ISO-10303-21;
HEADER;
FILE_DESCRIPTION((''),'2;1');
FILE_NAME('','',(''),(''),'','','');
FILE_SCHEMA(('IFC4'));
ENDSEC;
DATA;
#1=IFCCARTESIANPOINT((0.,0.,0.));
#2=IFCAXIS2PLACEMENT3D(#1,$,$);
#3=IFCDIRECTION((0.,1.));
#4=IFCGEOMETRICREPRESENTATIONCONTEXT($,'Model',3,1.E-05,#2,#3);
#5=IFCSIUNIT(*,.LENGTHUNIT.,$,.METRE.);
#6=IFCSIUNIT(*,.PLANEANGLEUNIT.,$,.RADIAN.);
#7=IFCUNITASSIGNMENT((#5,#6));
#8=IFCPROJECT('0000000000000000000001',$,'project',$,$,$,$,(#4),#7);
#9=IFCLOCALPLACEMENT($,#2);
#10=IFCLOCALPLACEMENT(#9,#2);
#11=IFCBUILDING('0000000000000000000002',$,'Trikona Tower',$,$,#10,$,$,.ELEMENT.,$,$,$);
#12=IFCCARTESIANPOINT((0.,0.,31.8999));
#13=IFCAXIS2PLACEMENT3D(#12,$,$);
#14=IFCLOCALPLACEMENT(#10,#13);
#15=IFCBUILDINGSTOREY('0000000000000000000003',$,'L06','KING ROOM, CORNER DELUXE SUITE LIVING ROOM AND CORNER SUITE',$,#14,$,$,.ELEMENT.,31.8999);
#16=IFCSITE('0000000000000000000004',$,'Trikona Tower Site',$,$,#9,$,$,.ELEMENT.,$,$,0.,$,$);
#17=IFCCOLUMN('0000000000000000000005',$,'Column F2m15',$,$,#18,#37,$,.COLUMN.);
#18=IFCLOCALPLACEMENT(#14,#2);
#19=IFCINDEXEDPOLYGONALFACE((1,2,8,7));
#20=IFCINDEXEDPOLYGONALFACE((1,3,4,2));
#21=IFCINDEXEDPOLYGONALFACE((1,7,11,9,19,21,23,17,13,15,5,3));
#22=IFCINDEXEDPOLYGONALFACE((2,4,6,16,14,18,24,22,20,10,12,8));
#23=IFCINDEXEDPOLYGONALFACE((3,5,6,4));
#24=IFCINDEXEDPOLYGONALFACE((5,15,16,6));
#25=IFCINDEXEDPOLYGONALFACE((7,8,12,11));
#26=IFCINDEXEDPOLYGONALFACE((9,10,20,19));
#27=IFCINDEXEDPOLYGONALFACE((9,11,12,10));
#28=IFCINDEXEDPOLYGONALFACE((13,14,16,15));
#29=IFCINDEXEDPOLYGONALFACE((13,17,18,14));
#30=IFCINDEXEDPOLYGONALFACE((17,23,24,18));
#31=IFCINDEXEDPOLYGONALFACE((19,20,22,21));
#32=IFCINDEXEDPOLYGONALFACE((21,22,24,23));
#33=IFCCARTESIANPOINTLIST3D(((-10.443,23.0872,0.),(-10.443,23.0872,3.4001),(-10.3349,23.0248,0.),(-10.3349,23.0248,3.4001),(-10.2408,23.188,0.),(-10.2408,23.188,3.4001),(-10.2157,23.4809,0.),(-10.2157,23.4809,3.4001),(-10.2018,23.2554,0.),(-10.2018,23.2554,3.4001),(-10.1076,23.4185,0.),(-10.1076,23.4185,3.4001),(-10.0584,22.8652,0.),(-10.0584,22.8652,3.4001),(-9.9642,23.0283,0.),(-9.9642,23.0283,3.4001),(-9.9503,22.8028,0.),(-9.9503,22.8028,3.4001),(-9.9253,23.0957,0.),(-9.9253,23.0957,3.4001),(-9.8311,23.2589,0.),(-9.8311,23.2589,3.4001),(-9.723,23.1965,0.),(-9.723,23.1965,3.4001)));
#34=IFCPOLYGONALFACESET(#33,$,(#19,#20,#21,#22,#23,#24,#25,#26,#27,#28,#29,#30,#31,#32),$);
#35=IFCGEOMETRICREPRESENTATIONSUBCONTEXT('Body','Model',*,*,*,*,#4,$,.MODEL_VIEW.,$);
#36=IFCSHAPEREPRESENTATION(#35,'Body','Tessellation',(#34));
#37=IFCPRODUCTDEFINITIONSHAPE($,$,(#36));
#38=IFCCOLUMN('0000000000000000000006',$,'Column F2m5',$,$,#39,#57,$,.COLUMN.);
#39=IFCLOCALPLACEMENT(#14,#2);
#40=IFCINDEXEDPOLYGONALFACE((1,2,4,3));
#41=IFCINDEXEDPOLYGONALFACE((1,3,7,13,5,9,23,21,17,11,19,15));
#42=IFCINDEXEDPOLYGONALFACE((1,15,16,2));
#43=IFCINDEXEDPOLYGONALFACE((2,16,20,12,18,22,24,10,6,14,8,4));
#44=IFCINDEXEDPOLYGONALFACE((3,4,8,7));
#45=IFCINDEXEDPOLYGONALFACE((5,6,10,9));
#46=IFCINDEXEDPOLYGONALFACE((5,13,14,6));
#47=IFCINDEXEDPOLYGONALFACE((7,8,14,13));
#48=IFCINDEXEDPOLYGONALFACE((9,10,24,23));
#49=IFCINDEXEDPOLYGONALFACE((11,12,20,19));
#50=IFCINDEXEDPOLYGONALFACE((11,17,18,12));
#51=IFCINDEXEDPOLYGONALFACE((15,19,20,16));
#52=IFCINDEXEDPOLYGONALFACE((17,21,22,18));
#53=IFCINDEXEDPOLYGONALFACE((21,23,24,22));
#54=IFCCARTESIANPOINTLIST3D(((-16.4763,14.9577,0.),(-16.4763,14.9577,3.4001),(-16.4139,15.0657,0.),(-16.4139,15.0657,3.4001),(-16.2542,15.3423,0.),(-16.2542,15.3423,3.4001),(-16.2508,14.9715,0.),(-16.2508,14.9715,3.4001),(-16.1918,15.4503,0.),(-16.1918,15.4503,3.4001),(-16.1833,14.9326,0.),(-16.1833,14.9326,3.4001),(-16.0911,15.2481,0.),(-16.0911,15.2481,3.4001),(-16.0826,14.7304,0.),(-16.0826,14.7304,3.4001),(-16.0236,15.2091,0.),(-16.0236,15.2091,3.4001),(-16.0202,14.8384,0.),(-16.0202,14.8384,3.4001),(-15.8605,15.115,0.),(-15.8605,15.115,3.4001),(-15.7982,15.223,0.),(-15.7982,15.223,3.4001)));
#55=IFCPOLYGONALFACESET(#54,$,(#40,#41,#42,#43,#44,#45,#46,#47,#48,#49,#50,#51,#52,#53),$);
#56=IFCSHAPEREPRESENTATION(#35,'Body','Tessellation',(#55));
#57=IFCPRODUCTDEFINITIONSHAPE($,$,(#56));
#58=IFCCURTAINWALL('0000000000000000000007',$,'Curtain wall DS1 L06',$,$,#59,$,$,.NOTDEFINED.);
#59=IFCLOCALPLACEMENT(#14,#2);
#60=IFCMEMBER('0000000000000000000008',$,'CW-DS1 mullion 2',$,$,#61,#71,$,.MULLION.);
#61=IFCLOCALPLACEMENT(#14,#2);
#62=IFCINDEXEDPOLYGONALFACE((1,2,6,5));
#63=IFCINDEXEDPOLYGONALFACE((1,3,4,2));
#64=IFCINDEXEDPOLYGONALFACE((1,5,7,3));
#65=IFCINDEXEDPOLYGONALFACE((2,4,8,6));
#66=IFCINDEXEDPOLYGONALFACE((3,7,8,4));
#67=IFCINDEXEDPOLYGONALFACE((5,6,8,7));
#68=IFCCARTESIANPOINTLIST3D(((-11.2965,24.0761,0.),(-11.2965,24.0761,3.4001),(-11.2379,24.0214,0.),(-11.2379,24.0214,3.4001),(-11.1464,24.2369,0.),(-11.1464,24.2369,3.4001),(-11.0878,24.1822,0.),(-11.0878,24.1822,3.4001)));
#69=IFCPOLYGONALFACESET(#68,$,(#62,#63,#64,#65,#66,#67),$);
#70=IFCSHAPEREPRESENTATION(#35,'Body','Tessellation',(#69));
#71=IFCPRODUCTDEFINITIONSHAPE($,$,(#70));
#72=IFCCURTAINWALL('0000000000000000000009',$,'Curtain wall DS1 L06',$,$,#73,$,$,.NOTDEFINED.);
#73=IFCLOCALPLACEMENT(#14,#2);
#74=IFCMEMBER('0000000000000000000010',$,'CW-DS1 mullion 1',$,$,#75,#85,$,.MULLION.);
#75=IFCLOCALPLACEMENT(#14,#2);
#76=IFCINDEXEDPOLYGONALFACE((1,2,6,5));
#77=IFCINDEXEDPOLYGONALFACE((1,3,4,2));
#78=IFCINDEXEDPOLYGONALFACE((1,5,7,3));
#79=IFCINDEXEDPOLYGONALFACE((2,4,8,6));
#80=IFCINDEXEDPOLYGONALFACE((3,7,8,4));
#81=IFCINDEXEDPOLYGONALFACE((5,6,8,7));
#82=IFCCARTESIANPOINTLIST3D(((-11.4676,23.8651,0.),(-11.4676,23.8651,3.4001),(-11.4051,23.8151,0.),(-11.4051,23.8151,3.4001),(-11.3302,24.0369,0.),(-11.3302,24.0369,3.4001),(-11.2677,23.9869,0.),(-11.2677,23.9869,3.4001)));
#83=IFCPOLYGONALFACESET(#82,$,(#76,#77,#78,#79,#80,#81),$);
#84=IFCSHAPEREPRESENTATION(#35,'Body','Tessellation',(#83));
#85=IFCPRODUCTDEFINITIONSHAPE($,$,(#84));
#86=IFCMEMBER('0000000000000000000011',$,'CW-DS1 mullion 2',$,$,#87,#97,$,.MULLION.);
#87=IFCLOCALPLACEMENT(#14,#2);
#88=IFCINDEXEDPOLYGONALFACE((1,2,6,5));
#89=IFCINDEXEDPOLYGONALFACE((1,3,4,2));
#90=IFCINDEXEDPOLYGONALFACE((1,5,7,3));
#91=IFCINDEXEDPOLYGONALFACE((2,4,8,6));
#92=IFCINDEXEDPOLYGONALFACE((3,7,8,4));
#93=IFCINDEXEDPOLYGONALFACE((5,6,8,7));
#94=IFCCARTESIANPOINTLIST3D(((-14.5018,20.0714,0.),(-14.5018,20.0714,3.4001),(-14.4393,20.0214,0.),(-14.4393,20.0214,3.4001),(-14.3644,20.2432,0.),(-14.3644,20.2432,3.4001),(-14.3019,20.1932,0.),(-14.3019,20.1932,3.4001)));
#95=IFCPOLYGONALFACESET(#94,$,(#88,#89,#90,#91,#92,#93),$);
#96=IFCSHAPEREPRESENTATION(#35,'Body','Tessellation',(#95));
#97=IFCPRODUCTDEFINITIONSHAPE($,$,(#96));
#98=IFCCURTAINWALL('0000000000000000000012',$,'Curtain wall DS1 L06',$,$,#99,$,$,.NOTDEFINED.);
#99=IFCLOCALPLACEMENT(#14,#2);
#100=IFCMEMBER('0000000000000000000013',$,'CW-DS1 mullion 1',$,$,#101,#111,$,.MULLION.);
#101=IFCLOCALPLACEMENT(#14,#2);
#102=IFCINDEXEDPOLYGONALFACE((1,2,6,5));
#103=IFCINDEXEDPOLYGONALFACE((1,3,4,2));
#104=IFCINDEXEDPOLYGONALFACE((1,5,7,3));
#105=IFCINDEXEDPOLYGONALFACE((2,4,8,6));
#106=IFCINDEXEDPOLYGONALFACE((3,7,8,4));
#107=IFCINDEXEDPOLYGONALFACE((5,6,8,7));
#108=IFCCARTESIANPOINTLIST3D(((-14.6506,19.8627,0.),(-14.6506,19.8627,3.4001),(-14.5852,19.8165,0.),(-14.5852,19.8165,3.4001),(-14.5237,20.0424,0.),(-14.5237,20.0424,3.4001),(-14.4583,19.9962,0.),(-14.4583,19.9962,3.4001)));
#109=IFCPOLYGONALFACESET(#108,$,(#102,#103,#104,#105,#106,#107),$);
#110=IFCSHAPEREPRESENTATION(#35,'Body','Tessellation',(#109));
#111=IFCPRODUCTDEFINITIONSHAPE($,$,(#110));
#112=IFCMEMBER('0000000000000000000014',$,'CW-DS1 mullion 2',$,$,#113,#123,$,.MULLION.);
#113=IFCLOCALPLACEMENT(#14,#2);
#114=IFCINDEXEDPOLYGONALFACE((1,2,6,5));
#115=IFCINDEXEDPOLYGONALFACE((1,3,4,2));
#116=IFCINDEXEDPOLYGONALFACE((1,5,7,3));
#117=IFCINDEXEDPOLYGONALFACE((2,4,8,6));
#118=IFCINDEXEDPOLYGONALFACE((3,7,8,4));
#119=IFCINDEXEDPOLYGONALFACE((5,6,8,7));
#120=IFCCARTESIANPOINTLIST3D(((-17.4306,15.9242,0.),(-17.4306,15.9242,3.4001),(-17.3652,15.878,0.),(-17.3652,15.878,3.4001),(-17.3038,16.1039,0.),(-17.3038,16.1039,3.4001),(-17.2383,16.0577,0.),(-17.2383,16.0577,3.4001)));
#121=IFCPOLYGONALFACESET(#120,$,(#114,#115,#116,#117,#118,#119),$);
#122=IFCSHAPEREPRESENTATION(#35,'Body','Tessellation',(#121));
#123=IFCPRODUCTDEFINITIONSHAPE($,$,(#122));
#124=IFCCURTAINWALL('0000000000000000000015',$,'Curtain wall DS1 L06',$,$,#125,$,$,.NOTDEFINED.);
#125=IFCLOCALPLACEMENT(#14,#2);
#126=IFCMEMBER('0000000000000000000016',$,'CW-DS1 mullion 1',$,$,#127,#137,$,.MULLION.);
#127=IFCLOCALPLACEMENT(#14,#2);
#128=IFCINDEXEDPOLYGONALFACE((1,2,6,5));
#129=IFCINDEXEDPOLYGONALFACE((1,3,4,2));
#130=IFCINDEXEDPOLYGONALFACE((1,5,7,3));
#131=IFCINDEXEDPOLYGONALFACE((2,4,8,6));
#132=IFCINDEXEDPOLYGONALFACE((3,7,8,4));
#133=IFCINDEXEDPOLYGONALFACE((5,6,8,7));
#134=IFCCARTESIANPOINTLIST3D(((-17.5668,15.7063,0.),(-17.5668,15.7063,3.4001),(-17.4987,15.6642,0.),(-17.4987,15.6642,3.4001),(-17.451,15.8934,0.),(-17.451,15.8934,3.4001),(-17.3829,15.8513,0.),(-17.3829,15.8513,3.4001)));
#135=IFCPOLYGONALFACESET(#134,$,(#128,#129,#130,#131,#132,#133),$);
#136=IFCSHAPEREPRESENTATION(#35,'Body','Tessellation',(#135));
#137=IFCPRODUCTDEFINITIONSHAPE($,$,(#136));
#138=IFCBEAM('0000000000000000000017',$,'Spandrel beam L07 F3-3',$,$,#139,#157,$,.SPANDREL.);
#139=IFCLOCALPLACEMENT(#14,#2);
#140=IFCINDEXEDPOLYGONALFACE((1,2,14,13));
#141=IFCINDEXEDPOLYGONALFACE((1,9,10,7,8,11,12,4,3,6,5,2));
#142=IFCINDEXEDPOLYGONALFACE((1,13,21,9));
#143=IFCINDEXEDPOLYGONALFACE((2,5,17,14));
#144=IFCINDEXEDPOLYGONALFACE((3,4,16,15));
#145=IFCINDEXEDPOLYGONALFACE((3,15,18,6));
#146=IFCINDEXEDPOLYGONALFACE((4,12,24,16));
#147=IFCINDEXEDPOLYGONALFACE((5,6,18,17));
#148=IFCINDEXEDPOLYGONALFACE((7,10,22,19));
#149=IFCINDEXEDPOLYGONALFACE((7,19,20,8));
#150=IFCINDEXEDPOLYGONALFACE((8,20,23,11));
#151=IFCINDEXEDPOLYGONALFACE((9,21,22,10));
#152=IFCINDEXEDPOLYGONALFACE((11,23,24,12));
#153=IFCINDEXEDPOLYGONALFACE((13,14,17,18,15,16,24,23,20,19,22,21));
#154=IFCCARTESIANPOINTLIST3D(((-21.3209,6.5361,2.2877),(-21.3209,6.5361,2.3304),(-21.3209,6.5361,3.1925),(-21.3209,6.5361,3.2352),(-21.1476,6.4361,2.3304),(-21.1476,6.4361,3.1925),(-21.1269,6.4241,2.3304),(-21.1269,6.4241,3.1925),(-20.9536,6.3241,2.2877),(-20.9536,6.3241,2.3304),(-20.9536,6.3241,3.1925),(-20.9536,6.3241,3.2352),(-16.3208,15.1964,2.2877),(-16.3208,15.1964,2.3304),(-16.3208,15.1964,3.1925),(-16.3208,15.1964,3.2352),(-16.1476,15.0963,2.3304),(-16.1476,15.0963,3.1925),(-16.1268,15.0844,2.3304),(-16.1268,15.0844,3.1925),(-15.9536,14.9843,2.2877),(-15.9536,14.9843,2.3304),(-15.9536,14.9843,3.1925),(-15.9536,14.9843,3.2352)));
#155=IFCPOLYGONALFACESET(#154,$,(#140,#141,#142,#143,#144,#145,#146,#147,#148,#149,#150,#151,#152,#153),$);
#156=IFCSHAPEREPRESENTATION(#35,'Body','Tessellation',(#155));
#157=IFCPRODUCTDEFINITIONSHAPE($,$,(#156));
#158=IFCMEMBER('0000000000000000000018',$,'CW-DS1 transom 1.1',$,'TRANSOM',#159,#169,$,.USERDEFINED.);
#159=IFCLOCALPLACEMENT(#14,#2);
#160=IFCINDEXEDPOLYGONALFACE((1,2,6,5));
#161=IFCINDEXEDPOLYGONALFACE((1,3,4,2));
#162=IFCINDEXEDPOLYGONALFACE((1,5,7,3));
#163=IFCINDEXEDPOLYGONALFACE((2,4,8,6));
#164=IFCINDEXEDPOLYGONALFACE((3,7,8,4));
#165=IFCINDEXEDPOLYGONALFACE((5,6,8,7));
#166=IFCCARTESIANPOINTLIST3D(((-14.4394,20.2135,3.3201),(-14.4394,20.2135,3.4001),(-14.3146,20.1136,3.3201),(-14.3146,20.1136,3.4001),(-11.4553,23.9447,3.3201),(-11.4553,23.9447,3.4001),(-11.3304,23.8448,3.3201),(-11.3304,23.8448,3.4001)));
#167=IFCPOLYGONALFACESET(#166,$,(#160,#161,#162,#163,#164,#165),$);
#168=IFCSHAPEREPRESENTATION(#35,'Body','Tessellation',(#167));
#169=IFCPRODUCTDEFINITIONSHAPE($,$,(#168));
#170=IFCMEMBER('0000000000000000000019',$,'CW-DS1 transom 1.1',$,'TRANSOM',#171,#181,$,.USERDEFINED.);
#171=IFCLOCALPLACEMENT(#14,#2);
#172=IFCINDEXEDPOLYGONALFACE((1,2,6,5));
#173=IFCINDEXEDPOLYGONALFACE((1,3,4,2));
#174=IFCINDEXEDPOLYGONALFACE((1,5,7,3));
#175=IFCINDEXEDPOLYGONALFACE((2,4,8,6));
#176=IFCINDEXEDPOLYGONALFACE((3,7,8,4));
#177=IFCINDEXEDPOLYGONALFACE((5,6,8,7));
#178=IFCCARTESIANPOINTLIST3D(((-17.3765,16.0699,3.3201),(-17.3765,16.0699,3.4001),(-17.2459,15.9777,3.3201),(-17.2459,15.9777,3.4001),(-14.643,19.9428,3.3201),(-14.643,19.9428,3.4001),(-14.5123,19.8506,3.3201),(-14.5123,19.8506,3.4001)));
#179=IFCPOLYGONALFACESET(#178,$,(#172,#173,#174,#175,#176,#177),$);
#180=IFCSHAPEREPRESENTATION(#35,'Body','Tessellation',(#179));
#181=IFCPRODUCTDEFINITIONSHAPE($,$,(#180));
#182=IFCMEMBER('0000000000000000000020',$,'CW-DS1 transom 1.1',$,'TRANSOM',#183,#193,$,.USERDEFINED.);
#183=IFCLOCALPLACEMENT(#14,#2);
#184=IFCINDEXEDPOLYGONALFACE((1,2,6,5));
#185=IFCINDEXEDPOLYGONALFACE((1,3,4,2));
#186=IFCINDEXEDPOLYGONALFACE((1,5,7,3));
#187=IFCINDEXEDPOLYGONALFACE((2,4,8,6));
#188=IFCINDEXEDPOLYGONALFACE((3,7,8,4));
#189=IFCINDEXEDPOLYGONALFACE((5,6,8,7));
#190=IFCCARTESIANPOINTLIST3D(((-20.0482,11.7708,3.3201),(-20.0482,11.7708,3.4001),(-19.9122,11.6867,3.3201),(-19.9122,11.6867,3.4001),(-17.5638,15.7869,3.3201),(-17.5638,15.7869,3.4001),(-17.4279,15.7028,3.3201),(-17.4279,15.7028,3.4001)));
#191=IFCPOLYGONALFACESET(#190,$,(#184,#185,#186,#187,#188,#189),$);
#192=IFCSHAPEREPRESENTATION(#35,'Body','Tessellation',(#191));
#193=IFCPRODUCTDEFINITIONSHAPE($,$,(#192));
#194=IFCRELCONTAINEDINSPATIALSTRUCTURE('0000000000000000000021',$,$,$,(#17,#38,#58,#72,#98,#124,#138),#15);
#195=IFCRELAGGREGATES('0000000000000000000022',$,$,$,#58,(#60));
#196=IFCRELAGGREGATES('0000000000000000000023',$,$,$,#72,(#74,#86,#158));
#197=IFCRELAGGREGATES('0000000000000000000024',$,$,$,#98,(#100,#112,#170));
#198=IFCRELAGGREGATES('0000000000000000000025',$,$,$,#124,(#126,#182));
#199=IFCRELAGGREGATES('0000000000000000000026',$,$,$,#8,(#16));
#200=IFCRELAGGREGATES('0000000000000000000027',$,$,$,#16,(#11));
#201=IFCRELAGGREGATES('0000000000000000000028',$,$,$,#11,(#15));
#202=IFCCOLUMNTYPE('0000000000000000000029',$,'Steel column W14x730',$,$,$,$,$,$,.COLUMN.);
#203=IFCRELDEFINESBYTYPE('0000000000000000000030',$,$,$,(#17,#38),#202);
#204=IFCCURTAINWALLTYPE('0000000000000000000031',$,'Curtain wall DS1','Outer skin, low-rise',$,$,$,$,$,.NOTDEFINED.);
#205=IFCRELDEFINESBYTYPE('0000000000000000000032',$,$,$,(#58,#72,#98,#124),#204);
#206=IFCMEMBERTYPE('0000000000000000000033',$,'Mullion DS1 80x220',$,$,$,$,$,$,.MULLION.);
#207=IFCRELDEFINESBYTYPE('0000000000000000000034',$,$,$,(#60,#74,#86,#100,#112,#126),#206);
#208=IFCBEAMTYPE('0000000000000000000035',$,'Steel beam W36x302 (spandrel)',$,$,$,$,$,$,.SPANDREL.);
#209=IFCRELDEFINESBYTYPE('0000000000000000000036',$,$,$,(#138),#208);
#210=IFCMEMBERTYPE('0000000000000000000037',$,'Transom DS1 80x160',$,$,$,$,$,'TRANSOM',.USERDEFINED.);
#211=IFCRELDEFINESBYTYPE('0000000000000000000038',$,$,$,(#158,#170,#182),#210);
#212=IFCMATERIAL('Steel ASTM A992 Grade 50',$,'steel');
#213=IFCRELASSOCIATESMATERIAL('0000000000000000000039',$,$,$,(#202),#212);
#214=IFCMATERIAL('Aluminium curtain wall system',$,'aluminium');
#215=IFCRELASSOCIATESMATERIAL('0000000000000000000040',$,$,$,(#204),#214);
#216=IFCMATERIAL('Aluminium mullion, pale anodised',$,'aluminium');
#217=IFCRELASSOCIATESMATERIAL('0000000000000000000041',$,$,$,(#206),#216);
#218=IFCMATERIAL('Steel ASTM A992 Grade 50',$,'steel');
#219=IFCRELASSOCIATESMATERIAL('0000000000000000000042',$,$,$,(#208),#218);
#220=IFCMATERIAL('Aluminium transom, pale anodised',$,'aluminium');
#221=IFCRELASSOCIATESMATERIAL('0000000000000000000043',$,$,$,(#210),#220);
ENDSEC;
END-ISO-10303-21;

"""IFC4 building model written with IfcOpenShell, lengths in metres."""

from ifc_helpers import new_model, si_unit, direction, frame, origin, origin_2d, place, context, subcontext, project, spatial, rectangle, i_section, extrude, material, material_profile, profile_set, type_object, element, aggregate, save


model = new_model("IFC4")

# Units and contexts
model_context = context("Model", 3, precision=1e-05, world=origin(), true_north=direction((0.0, 1.0)))
body_context = subcontext(model_context, "Body", "Model", "MODEL_VIEW")
ifc_project = project(units=[si_unit("LENGTHUNIT", "METRE"), si_unit("PLANEANGLEUNIT", "RADIAN")], contexts=[model_context])

# Site, building, storey
site_placement = place(None, origin())
site = spatial("IfcSite", under=ifc_project, at=site_placement, Name="Trikona Tower Site", CompositionType="ELEMENT", RefElevation=0.0)
building_placement = place(site_placement, origin())
building = spatial("IfcBuilding", under=site, at=building_placement, Name="Trikona Tower", CompositionType="ELEMENT")
storey_placement = place(building_placement, frame((0.0, 0.0, 31.8999)))
storey = spatial("IfcBuildingStorey", under=building, at=storey_placement, Name="L06", Description="KING ROOM, CORNER DELUXE SUITE LIVING ROOM AND CORNER SUITE", CompositionType="ELEMENT", Elevation=31.8999)

# Columns
ifc_material_1 = material(Name="Steel ASTM A992 Grade 50", Category="steel")
ifc_material_profile_1 = material_profile(ifc_material_1, i_section(OverallWidth=0.4546, OverallDepth=0.5688, WebThickness=0.0779, FlangeThickness=0.1248, at=origin_2d()), Name="W14X730")
ifc_profile_set_1 = profile_set([ifc_material_profile_1], Name="Steel ASTM A992 Grade 50")
column_type = type_object("IfcColumnType", Name="Steel column W14x730", PredefinedType="COLUMN", material=ifc_profile_set_1)
for number, where, z_axis, x_axis, name in (
    (1, (-10.083, 23.1418, 0.0), (0.0, 0.0, 1.0), (-0.5, -0.866025, 0.0), "Column F2m15"),
    (2, (-16.1372, 15.0903, 0.0), (0.0, 0.0, 1.0), (-0.866025, 0.5, 0.0), "Column F2m5"),
):
    element("IfcColumn", number, at=place(storey_placement, frame(where, z_axis=z_axis, x_axis=x_axis)), inside=storey, type_object=column_type, Name=name, PredefinedType="COLUMN", context=body_context, shape_type="SweptSolid", body=[
        extrude(i_section(OverallWidth=0.4546, OverallDepth=0.5688, WebThickness=0.0779, FlangeThickness=0.1248, at=origin_2d()), origin(), (0.0, 0.0, 1.0), 3.4001),
    ])

# Curtain wall, member
ifc_material_2 = material(Name="Aluminium curtain wall system", Category="aluminium")
curtain_wall_type = type_object("IfcCurtainWallType", Name="Curtain wall DS1", Description="Outer skin, low-rise", PredefinedType="NOTDEFINED", material=ifc_material_2)
curtain_wall_1_placement = place(storey_placement, origin())
curtain_wall_1 = element("IfcCurtainWall", 3, at=curtain_wall_1_placement, inside=storey, type_object=curtain_wall_type, Name="Curtain wall DS1 L06", PredefinedType="NOTDEFINED")
ifc_material_3 = material(Name="Aluminium mullion, pale anodised", Category="aluminium")
ifc_material_profile_2 = material_profile(ifc_material_3, rectangle(XDim=0.0801, YDim=0.22, at=origin_2d()), Name="MUL-DS1")
ifc_profile_set_2 = profile_set([ifc_material_profile_2], Name="Aluminium mullion, pale anodised")
member_type_1 = type_object("IfcMemberType", Name="Mullion DS1 80x220", PredefinedType="MULLION", material=ifc_profile_set_2)
member_1_placement = place(storey_placement, frame((-11.1921, 24.1292, 0.0), z_axis=(0.0, 0.0, 1.0), x_axis=(0.731077, -0.682295, 0.0)))
member_1 = element("IfcMember", 4, at=member_1_placement, type_object=member_type_1, Name="CW-DS1 mullion 2", PredefinedType="MULLION", context=body_context, shape_type="SweptSolid", body=[
    extrude(rectangle(XDim=0.0801, YDim=0.22, at=origin_2d()), origin(), (0.0, 0.0, 1.0), 3.4001),
])
aggregate(curtain_wall_1, [member_1])

# Curtain walls, members
curtain_wall_2_placement = place(storey_placement, origin())
curtain_wall_2 = element("IfcCurtainWall", 5, at=curtain_wall_2_placement, inside=storey, type_object=curtain_wall_type, Name="Curtain wall DS1 L06", PredefinedType="NOTDEFINED")
member_2_placement = place(storey_placement, frame((-11.3677, 23.926, 0.0), z_axis=(0.0, 0.0, 1.0), x_axis=(0.780938, -0.624609, 0.0)))
member_2 = element("IfcMember", 6, at=member_2_placement, type_object=member_type_1, Name="CW-DS1 mullion 1", PredefinedType="MULLION", context=body_context, shape_type="SweptSolid", body=[
    extrude(rectangle(XDim=0.0801, YDim=0.22, at=origin_2d()), origin(), (0.0, 0.0, 1.0), 3.4001),
])
member_3_placement = place(storey_placement, frame((-14.4019, 20.1323, 0.0), z_axis=(0.0, 0.0, 1.0), x_axis=(0.780938, -0.624609, 0.0)))
member_3 = element("IfcMember", 7, at=member_3_placement, type_object=member_type_1, Name="CW-DS1 mullion 2", PredefinedType="MULLION", context=body_context, shape_type="SweptSolid", body=[
    extrude(rectangle(XDim=0.0801, YDim=0.22, at=origin_2d()), origin(), (0.0, 0.0, 1.0), 3.4001),
])
curtain_wall_3_placement = place(storey_placement, origin())
curtain_wall_3 = element("IfcCurtainWall", 8, at=curtain_wall_3_placement, inside=storey, type_object=curtain_wall_type, Name="Curtain wall DS1 L06", PredefinedType="NOTDEFINED")
member_4_placement = place(storey_placement, frame((-14.5544, 19.9294, 0.0), z_axis=(0.0, 0.0, 1.0), x_axis=(0.816985, -0.576658, 0.0)))
member_4 = element("IfcMember", 9, at=member_4_placement, type_object=member_type_1, Name="CW-DS1 mullion 1", PredefinedType="MULLION", context=body_context, shape_type="SweptSolid", body=[
    extrude(rectangle(XDim=0.0801, YDim=0.22, at=origin_2d()), origin(), (0.0, 0.0, 1.0), 3.4001),
])
member_5_placement = place(storey_placement, frame((-17.3345, 15.991, 0.0), z_axis=(0.0, 0.0, 1.0), x_axis=(0.816985, -0.576658, 0.0)))
member_5 = element("IfcMember", 10, at=member_5_placement, type_object=member_type_1, Name="CW-DS1 mullion 2", PredefinedType="MULLION", context=body_context, shape_type="SweptSolid", body=[
    extrude(rectangle(XDim=0.0801, YDim=0.22, at=origin_2d()), origin(), (0.0, 0.0, 1.0), 3.4001),
])

# Curtain wall, member
curtain_wall_4_placement = place(storey_placement, origin())
curtain_wall_4 = element("IfcCurtainWall", 11, at=curtain_wall_4_placement, inside=storey, type_object=curtain_wall_type, Name="Curtain wall DS1 L06", PredefinedType="NOTDEFINED")
member_6_placement = place(storey_placement, frame((-17.4749, 15.7788, 0.0), z_axis=(0.0, 0.0, 1.0), x_axis=(0.85041, -0.52612, 0.0)))
member_6 = element("IfcMember", 12, at=member_6_placement, type_object=member_type_1, Name="CW-DS1 mullion 1", PredefinedType="MULLION", context=body_context, shape_type="SweptSolid", body=[
    extrude(rectangle(XDim=0.0801, YDim=0.22, at=origin_2d()), origin(), (0.0, 0.0, 1.0), 3.4001),
])

# Beam
ifc_material_4 = material(Name="Steel ASTM A992 Grade 50", Category="steel")
ifc_material_profile_3 = material_profile(ifc_material_4, i_section(OverallWidth=0.4241, OverallDepth=0.9475, WebThickness=0.0239, FlangeThickness=0.0427, at=origin_2d()), Name="W36X302")
ifc_profile_set_3 = profile_set([ifc_material_profile_3], Name="Steel ASTM A992 Grade 50")
beam_type = type_object("IfcBeamType", Name="Steel beam W36x302 (spandrel)", PredefinedType="SPANDREL", material=ifc_profile_set_3)
beam_placement = place(storey_placement, frame((-16.1372, 15.0903, 2.7615), z_axis=(-0.500004, -0.866023, 0.0), x_axis=(0.866023, -0.500004, 0.0)))
element("IfcBeam", 13, at=beam_placement, inside=storey, type_object=beam_type, Name="Spandrel beam L07 F3-3", PredefinedType="SPANDREL", context=body_context, shape_type="SweptSolid", body=[
    extrude(i_section(OverallWidth=0.4241, OverallDepth=0.9475, WebThickness=0.0239, FlangeThickness=0.0427, at=origin_2d()), origin(), (0.0, 0.0, 1.0), 10.0),
])

# Members
ifc_material_5 = material(Name="Aluminium transom, pale anodised", Category="aluminium")
ifc_material_profile_4 = material_profile(ifc_material_5, rectangle(XDim=0.1599, YDim=0.0801, at=origin_2d()), Name="TRN-DS1")
ifc_profile_set_4 = profile_set([ifc_material_profile_4], Name="Aluminium transom, pale anodised")
member_type_2 = type_object("IfcMemberType", Name="Transom DS1 80x160", ElementType="TRANSOM", PredefinedType="USERDEFINED", material=ifc_profile_set_4)
member_7_placement = place(storey_placement, frame((-11.3928, 23.8948, 3.3601), z_axis=(-0.624589, -0.780954, 0.0), x_axis=(0.780954, -0.624589, 0.0)))
member_7 = element("IfcMember", 14, at=member_7_placement, type_object=member_type_2, Name="CW-DS1 transom 1.1", ObjectType="TRANSOM", PredefinedType="USERDEFINED", context=body_context, shape_type="SweptSolid", body=[
    extrude(rectangle(XDim=0.1599, YDim=0.0801, at=origin_2d()), origin(), (0.0, 0.0, 1.0), 4.7778),
])
member_8_placement = place(storey_placement, frame((-14.5776, 19.8967, 3.3601), z_axis=(-0.576645, -0.816995, 0.0), x_axis=(0.816995, -0.576645, 0.0)))
member_8 = element("IfcMember", 15, at=member_8_placement, type_object=member_type_2, Name="CW-DS1 transom 1.1", ObjectType="TRANSOM", PredefinedType="USERDEFINED", context=body_context, shape_type="SweptSolid", body=[
    extrude(rectangle(XDim=0.1599, YDim=0.0801, at=origin_2d()), origin(), (0.0, 0.0, 1.0), 4.7405),
])
member_9_placement = place(storey_placement, frame((-17.4958, 15.7449, 3.3601), z_axis=(-0.526081, -0.850435, 0.0), x_axis=(0.850435, -0.526081, 0.0)))
member_9 = element("IfcMember", 16, at=member_9_placement, type_object=member_type_2, Name="CW-DS1 transom 1.1", ObjectType="TRANSOM", PredefinedType="USERDEFINED", context=body_context, shape_type="SweptSolid", body=[
    extrude(rectangle(XDim=0.1599, YDim=0.0801, at=origin_2d()), origin(), (0.0, 0.0, 1.0), 4.7224),
])

aggregate(curtain_wall_2, [member_2, member_3, member_7])
aggregate(curtain_wall_3, [member_4, member_5, member_8])
aggregate(curtain_wall_4, [member_6, member_9])

save(model, "model.ifc")
